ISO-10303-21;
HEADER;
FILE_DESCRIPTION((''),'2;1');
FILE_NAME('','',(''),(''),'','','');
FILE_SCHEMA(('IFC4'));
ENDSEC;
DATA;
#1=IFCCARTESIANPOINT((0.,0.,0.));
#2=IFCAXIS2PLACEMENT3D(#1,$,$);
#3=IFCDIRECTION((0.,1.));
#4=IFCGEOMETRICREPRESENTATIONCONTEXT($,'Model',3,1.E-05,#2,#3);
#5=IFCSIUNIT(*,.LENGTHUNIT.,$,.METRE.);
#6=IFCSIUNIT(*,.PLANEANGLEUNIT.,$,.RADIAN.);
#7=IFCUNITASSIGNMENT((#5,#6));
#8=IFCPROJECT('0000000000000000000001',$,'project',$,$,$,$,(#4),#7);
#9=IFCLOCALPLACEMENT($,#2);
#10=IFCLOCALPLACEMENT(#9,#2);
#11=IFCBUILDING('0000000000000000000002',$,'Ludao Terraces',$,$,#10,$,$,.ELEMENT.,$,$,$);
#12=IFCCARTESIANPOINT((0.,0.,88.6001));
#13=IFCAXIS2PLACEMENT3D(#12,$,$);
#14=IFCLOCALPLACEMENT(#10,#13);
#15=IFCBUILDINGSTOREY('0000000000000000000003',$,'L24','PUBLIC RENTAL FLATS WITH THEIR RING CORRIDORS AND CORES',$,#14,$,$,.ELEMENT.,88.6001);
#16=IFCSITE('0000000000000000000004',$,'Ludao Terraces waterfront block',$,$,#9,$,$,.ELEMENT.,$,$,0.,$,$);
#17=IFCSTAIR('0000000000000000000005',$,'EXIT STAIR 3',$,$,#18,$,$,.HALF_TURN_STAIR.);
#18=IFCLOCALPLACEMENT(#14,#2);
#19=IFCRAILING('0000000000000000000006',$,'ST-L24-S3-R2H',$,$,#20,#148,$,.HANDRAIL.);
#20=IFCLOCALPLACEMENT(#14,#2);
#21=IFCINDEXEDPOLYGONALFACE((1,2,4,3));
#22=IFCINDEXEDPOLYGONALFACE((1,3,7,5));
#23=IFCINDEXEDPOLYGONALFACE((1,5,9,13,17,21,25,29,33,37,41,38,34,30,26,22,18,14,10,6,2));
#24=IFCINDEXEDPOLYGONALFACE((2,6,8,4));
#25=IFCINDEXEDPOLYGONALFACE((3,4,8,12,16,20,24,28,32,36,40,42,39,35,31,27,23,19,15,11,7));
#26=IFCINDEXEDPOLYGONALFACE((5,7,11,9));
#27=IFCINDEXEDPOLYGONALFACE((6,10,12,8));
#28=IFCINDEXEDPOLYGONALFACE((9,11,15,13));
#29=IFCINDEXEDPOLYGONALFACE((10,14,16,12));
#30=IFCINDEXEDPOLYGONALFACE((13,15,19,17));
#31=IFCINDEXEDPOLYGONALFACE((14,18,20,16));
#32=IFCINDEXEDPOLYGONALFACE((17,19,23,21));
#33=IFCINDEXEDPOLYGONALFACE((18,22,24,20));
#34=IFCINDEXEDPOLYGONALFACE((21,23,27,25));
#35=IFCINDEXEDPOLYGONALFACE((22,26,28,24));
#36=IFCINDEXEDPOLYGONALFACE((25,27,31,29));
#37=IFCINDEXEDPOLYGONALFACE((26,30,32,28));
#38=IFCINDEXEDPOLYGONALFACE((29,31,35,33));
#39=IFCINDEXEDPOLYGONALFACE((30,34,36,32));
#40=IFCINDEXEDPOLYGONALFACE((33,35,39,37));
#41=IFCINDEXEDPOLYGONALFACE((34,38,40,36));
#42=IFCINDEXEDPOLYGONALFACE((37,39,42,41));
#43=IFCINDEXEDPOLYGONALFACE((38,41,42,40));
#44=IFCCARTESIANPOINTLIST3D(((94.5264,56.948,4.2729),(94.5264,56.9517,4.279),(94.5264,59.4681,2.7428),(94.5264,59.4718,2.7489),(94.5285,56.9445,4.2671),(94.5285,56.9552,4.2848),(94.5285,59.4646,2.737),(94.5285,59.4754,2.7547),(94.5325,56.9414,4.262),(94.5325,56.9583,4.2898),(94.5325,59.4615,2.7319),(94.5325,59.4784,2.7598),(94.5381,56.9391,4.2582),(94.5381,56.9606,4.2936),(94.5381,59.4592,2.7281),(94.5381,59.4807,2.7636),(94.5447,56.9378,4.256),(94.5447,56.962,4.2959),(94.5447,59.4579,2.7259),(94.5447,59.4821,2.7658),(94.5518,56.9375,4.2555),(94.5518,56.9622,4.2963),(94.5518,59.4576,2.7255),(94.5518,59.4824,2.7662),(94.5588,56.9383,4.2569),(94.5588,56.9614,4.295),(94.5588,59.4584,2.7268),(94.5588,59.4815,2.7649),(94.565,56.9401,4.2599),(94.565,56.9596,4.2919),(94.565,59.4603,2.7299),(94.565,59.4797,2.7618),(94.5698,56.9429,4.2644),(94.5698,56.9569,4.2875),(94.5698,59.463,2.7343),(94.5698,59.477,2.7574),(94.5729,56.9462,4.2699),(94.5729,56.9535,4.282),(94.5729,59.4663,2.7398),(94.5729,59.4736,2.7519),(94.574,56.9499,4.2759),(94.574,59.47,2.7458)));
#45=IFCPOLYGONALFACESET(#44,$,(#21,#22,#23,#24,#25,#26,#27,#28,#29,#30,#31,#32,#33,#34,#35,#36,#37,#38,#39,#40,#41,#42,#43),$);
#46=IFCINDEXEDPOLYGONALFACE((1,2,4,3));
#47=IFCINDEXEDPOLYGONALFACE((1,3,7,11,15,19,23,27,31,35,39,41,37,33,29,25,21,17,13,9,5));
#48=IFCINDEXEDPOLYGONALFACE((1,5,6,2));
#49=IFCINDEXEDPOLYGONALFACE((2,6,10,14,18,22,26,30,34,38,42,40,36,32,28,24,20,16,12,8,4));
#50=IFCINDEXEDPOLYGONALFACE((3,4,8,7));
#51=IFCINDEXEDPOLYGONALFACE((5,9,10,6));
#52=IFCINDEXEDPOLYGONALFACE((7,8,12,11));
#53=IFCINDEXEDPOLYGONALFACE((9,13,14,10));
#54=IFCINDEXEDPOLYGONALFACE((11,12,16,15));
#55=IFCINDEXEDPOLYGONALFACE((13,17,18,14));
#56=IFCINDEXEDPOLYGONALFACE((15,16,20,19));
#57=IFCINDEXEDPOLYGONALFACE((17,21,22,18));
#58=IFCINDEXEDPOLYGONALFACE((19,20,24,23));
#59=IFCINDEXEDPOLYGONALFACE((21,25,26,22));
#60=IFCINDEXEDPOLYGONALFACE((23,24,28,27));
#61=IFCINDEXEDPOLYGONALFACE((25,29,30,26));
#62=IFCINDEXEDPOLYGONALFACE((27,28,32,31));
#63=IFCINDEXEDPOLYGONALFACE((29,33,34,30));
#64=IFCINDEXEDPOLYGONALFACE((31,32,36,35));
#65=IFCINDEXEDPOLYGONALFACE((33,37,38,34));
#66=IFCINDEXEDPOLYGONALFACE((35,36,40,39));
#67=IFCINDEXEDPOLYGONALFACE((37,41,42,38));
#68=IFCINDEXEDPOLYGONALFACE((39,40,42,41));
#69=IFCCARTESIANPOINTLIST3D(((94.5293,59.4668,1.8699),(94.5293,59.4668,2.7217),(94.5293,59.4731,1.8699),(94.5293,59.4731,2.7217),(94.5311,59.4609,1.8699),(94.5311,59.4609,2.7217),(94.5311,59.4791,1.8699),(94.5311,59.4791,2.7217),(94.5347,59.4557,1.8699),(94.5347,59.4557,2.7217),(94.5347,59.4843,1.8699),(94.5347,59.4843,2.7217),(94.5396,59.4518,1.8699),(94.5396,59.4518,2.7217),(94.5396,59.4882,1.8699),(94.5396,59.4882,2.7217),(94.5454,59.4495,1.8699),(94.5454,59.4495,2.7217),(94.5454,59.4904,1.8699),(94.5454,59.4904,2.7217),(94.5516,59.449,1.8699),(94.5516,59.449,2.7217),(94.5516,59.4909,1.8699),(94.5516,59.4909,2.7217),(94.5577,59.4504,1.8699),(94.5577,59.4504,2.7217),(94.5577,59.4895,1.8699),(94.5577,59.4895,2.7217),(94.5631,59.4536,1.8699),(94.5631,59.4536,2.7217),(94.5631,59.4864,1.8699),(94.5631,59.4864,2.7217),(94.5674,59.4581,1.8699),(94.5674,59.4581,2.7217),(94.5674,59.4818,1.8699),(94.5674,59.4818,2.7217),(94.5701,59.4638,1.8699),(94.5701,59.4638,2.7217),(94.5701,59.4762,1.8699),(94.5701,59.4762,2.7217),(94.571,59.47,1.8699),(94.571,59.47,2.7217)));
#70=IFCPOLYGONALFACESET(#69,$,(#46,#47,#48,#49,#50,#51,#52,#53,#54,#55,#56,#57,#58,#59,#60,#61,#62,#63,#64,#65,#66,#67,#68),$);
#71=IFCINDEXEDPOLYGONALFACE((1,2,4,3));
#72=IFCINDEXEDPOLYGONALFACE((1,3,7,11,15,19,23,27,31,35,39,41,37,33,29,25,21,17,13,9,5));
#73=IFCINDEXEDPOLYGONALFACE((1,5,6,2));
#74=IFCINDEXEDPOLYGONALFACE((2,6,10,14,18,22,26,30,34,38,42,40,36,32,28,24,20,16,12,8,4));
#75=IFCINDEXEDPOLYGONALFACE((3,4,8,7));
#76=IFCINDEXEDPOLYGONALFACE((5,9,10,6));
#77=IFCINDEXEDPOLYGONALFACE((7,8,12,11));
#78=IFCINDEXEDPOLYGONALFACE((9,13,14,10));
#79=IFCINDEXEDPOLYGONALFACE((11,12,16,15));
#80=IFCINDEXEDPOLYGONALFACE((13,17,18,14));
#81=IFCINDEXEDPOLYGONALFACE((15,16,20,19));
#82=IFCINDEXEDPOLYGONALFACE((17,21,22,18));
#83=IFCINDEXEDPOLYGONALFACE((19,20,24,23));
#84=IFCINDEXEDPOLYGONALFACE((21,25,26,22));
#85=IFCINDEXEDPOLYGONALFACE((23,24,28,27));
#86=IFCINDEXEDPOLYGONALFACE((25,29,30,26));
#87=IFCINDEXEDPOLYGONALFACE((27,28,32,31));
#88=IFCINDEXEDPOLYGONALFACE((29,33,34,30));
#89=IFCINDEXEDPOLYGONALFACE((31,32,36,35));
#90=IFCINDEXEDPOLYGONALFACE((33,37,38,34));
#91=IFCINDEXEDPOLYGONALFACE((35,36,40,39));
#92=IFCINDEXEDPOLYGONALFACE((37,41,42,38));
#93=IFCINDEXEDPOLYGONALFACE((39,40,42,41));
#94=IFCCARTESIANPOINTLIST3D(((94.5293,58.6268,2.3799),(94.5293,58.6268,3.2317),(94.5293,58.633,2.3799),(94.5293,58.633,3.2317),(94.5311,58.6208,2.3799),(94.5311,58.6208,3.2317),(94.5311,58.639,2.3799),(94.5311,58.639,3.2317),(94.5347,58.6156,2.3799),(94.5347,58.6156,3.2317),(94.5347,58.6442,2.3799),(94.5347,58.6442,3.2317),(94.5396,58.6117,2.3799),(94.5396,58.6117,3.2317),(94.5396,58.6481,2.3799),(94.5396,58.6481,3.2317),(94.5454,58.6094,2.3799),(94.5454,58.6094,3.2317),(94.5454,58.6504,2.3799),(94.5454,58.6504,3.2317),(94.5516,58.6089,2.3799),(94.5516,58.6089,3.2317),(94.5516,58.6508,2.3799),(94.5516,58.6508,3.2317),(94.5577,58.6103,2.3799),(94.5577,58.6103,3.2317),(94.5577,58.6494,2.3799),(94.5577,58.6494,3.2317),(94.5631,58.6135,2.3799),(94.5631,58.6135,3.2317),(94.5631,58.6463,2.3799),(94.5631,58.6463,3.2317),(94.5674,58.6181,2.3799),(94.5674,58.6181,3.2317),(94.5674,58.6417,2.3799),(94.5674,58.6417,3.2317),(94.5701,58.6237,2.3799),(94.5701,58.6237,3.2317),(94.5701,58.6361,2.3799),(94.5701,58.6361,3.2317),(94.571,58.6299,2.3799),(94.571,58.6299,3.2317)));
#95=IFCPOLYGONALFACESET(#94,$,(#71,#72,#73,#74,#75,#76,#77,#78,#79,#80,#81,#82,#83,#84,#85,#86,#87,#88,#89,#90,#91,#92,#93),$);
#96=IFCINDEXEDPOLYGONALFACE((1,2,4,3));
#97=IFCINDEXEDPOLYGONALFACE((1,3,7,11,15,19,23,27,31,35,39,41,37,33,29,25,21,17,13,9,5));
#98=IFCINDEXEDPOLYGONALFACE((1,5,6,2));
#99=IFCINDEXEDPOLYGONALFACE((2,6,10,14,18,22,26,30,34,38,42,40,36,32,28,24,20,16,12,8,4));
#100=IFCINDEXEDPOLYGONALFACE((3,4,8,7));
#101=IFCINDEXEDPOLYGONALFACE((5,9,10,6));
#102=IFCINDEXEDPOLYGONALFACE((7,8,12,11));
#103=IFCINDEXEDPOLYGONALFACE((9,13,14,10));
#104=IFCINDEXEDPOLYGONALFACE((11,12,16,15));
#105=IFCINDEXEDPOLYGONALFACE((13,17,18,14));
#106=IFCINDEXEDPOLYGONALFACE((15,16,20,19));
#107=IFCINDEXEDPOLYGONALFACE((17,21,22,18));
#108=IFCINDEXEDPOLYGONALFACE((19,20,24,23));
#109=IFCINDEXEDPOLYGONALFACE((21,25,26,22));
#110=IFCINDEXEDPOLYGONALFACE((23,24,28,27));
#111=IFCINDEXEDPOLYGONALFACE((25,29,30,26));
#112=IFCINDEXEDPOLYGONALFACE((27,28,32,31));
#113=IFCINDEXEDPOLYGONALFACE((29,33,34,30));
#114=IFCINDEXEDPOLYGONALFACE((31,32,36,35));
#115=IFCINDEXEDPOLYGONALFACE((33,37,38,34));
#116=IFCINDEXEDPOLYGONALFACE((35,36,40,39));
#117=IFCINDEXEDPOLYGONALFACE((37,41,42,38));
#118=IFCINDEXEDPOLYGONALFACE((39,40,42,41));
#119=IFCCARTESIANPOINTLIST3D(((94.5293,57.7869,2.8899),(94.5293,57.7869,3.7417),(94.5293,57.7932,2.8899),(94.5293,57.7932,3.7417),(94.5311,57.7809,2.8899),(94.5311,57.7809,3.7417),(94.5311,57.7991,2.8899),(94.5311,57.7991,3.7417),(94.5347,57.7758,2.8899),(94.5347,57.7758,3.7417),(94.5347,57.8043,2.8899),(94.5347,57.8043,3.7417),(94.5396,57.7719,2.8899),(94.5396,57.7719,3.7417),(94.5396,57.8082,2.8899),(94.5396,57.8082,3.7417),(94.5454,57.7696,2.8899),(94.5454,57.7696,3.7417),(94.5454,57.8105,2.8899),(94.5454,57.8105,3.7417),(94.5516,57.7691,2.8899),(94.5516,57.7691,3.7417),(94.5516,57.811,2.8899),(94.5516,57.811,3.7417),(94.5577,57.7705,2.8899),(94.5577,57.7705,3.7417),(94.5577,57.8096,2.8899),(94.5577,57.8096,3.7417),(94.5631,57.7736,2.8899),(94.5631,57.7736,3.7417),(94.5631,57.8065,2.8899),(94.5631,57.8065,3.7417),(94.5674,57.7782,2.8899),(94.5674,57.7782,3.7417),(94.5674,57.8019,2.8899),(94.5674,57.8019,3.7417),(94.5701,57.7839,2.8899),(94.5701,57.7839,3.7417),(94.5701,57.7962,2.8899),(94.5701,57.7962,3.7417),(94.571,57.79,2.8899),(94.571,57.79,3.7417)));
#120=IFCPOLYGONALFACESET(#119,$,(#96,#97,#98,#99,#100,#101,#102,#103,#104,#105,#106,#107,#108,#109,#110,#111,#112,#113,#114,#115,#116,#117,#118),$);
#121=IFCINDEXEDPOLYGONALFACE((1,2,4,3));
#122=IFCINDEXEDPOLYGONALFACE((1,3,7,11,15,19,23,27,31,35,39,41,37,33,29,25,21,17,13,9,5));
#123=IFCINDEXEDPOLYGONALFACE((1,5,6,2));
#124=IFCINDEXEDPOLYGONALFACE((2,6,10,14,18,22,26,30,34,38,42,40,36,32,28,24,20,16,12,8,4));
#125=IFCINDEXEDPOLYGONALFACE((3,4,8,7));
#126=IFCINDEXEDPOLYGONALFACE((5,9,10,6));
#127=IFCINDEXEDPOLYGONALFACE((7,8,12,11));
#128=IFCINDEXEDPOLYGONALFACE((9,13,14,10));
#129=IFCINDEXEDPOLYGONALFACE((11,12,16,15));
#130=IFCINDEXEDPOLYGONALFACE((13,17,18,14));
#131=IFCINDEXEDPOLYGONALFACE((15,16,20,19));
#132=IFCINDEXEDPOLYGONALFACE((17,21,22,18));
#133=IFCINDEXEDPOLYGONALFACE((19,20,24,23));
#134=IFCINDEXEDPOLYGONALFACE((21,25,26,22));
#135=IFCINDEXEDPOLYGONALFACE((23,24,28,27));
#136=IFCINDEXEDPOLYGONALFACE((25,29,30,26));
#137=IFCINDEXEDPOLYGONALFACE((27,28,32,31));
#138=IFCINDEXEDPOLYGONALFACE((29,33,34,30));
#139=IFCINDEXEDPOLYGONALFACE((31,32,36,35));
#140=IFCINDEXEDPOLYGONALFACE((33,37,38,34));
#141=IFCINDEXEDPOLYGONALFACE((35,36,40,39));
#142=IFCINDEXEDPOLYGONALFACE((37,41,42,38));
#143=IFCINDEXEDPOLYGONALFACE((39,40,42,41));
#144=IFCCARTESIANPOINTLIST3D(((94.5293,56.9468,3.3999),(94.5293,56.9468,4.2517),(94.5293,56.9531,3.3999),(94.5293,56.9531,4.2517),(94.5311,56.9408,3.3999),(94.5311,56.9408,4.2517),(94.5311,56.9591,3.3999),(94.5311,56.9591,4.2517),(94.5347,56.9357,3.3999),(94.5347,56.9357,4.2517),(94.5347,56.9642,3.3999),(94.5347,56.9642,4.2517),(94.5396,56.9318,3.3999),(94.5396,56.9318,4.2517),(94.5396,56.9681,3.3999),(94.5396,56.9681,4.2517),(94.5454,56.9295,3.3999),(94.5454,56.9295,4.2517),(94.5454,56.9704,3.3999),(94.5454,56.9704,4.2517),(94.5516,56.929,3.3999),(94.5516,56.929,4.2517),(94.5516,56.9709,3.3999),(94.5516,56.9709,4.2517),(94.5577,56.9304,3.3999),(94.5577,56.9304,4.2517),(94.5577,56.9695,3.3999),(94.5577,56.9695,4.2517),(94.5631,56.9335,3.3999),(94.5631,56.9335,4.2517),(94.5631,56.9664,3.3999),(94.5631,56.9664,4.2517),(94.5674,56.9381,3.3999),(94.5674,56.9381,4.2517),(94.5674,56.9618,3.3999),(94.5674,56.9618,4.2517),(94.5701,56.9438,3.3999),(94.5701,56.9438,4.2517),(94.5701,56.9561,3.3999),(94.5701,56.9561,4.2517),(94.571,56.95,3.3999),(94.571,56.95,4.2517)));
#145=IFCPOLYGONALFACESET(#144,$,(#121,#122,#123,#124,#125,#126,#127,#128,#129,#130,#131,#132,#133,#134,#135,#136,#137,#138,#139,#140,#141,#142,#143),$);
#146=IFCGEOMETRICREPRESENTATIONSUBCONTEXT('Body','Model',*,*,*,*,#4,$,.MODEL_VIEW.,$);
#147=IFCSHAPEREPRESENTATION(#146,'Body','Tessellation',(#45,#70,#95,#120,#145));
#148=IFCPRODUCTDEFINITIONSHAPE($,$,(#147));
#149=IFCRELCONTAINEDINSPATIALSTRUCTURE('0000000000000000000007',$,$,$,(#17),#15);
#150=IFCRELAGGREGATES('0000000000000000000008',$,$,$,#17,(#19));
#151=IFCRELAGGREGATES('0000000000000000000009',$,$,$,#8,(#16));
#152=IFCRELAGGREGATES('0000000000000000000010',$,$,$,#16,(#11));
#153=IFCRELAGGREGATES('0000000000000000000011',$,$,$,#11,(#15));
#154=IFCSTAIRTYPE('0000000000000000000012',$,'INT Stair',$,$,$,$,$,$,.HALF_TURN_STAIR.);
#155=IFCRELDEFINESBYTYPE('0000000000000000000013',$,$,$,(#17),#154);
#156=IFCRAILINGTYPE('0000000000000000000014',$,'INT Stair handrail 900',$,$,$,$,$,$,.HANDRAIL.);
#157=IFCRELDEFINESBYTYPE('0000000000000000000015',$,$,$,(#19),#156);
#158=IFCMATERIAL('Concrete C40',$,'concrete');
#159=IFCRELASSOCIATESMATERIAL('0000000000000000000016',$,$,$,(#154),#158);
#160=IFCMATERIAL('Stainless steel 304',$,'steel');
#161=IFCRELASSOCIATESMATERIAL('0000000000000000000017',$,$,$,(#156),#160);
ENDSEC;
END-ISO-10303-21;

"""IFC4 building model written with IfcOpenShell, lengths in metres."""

from ifc_helpers import new_model, si_unit, direction, frame, origin, origin_2d, place, context, subcontext, project, spatial, circle, extrude, material, type_object, element, aggregate, save


model = new_model("IFC4")

# Units and contexts
model_context = context("Model", 3, precision=1e-05, world=origin(), true_north=direction((0.0, 1.0)))
body_context = subcontext(model_context, "Body", "Model", "MODEL_VIEW")
ifc_project = project(units=[si_unit("LENGTHUNIT", "METRE"), si_unit("PLANEANGLEUNIT", "RADIAN")], contexts=[model_context])

# Site, building, storey
site_placement = place(None, origin())
site = spatial("IfcSite", under=ifc_project, at=site_placement, Name="Ludao Terraces waterfront block", CompositionType="ELEMENT", RefElevation=0.0)
building_placement = place(site_placement, origin())
building = spatial("IfcBuilding", under=site, at=building_placement, Name="Ludao Terraces", CompositionType="ELEMENT")
storey_placement = place(building_placement, frame((0.0, 0.0, 88.6001)))
storey = spatial("IfcBuildingStorey", under=building, at=storey_placement, Name="L24", Description="PUBLIC RENTAL FLATS WITH THEIR RING CORRIDORS AND CORES", CompositionType="ELEMENT", Elevation=88.6001)

# Shared definitions
ifc_material_1 = material(Name="Concrete C40", Category="concrete")

# Stair, railing
stair_type = type_object("IfcStairType", Name="INT Stair", PredefinedType="HALF_TURN_STAIR", material=ifc_material_1)
stair_placement = place(storey_placement, origin())
stair = element("IfcStair", 1, at=stair_placement, inside=storey, type_object=stair_type, Name="EXIT STAIR 3", PredefinedType="HALF_TURN_STAIR")
ifc_material_2 = material(Name="Stainless steel 304", Category="steel")
railing_type_1 = type_object("IfcRailingType", Name="INT Stair handrail 900", PredefinedType="HANDRAIL", material=ifc_material_2)
railing_1_placement = place(storey_placement, frame((94.55, 59.47, 1.8699)))
railing_1 = element("IfcRailing", 2, at=railing_1_placement, type_object=railing_type_1, Name="ST-L24-S3-R2H", PredefinedType="HANDRAIL", context=body_context, shape_type="SweptSolid", body=[
    extrude(circle(Radius=0.0239, at=origin_2d()), frame((0.0, 0.0, 0.876), z_axis=(0.0, -0.854785, 0.518982), x_axis=(1.0, 0.0, 0.0)), (0.0, 0.0, 1.0), 2.9482),
    extrude(circle(Radius=0.021, at=origin_2d()), origin(), (0.0, 0.0, 1.0), 0.8518),
    extrude(circle(Radius=0.021, at=origin_2d()), frame((0.0, -0.8401, 0.51)), (0.0, 0.0, 1.0), 0.8518),
    extrude(circle(Radius=0.021, at=origin_2d()), frame((0.0, -1.6799, 1.02)), (0.0, 0.0, 1.0), 0.8518),
    extrude(circle(Radius=0.021, at=origin_2d()), frame((0.0, -2.52, 1.53)), (0.0, 0.0, 1.0), 0.8518),
])
aggregate(stair, [railing_1])

save(model, "model.ifc")
